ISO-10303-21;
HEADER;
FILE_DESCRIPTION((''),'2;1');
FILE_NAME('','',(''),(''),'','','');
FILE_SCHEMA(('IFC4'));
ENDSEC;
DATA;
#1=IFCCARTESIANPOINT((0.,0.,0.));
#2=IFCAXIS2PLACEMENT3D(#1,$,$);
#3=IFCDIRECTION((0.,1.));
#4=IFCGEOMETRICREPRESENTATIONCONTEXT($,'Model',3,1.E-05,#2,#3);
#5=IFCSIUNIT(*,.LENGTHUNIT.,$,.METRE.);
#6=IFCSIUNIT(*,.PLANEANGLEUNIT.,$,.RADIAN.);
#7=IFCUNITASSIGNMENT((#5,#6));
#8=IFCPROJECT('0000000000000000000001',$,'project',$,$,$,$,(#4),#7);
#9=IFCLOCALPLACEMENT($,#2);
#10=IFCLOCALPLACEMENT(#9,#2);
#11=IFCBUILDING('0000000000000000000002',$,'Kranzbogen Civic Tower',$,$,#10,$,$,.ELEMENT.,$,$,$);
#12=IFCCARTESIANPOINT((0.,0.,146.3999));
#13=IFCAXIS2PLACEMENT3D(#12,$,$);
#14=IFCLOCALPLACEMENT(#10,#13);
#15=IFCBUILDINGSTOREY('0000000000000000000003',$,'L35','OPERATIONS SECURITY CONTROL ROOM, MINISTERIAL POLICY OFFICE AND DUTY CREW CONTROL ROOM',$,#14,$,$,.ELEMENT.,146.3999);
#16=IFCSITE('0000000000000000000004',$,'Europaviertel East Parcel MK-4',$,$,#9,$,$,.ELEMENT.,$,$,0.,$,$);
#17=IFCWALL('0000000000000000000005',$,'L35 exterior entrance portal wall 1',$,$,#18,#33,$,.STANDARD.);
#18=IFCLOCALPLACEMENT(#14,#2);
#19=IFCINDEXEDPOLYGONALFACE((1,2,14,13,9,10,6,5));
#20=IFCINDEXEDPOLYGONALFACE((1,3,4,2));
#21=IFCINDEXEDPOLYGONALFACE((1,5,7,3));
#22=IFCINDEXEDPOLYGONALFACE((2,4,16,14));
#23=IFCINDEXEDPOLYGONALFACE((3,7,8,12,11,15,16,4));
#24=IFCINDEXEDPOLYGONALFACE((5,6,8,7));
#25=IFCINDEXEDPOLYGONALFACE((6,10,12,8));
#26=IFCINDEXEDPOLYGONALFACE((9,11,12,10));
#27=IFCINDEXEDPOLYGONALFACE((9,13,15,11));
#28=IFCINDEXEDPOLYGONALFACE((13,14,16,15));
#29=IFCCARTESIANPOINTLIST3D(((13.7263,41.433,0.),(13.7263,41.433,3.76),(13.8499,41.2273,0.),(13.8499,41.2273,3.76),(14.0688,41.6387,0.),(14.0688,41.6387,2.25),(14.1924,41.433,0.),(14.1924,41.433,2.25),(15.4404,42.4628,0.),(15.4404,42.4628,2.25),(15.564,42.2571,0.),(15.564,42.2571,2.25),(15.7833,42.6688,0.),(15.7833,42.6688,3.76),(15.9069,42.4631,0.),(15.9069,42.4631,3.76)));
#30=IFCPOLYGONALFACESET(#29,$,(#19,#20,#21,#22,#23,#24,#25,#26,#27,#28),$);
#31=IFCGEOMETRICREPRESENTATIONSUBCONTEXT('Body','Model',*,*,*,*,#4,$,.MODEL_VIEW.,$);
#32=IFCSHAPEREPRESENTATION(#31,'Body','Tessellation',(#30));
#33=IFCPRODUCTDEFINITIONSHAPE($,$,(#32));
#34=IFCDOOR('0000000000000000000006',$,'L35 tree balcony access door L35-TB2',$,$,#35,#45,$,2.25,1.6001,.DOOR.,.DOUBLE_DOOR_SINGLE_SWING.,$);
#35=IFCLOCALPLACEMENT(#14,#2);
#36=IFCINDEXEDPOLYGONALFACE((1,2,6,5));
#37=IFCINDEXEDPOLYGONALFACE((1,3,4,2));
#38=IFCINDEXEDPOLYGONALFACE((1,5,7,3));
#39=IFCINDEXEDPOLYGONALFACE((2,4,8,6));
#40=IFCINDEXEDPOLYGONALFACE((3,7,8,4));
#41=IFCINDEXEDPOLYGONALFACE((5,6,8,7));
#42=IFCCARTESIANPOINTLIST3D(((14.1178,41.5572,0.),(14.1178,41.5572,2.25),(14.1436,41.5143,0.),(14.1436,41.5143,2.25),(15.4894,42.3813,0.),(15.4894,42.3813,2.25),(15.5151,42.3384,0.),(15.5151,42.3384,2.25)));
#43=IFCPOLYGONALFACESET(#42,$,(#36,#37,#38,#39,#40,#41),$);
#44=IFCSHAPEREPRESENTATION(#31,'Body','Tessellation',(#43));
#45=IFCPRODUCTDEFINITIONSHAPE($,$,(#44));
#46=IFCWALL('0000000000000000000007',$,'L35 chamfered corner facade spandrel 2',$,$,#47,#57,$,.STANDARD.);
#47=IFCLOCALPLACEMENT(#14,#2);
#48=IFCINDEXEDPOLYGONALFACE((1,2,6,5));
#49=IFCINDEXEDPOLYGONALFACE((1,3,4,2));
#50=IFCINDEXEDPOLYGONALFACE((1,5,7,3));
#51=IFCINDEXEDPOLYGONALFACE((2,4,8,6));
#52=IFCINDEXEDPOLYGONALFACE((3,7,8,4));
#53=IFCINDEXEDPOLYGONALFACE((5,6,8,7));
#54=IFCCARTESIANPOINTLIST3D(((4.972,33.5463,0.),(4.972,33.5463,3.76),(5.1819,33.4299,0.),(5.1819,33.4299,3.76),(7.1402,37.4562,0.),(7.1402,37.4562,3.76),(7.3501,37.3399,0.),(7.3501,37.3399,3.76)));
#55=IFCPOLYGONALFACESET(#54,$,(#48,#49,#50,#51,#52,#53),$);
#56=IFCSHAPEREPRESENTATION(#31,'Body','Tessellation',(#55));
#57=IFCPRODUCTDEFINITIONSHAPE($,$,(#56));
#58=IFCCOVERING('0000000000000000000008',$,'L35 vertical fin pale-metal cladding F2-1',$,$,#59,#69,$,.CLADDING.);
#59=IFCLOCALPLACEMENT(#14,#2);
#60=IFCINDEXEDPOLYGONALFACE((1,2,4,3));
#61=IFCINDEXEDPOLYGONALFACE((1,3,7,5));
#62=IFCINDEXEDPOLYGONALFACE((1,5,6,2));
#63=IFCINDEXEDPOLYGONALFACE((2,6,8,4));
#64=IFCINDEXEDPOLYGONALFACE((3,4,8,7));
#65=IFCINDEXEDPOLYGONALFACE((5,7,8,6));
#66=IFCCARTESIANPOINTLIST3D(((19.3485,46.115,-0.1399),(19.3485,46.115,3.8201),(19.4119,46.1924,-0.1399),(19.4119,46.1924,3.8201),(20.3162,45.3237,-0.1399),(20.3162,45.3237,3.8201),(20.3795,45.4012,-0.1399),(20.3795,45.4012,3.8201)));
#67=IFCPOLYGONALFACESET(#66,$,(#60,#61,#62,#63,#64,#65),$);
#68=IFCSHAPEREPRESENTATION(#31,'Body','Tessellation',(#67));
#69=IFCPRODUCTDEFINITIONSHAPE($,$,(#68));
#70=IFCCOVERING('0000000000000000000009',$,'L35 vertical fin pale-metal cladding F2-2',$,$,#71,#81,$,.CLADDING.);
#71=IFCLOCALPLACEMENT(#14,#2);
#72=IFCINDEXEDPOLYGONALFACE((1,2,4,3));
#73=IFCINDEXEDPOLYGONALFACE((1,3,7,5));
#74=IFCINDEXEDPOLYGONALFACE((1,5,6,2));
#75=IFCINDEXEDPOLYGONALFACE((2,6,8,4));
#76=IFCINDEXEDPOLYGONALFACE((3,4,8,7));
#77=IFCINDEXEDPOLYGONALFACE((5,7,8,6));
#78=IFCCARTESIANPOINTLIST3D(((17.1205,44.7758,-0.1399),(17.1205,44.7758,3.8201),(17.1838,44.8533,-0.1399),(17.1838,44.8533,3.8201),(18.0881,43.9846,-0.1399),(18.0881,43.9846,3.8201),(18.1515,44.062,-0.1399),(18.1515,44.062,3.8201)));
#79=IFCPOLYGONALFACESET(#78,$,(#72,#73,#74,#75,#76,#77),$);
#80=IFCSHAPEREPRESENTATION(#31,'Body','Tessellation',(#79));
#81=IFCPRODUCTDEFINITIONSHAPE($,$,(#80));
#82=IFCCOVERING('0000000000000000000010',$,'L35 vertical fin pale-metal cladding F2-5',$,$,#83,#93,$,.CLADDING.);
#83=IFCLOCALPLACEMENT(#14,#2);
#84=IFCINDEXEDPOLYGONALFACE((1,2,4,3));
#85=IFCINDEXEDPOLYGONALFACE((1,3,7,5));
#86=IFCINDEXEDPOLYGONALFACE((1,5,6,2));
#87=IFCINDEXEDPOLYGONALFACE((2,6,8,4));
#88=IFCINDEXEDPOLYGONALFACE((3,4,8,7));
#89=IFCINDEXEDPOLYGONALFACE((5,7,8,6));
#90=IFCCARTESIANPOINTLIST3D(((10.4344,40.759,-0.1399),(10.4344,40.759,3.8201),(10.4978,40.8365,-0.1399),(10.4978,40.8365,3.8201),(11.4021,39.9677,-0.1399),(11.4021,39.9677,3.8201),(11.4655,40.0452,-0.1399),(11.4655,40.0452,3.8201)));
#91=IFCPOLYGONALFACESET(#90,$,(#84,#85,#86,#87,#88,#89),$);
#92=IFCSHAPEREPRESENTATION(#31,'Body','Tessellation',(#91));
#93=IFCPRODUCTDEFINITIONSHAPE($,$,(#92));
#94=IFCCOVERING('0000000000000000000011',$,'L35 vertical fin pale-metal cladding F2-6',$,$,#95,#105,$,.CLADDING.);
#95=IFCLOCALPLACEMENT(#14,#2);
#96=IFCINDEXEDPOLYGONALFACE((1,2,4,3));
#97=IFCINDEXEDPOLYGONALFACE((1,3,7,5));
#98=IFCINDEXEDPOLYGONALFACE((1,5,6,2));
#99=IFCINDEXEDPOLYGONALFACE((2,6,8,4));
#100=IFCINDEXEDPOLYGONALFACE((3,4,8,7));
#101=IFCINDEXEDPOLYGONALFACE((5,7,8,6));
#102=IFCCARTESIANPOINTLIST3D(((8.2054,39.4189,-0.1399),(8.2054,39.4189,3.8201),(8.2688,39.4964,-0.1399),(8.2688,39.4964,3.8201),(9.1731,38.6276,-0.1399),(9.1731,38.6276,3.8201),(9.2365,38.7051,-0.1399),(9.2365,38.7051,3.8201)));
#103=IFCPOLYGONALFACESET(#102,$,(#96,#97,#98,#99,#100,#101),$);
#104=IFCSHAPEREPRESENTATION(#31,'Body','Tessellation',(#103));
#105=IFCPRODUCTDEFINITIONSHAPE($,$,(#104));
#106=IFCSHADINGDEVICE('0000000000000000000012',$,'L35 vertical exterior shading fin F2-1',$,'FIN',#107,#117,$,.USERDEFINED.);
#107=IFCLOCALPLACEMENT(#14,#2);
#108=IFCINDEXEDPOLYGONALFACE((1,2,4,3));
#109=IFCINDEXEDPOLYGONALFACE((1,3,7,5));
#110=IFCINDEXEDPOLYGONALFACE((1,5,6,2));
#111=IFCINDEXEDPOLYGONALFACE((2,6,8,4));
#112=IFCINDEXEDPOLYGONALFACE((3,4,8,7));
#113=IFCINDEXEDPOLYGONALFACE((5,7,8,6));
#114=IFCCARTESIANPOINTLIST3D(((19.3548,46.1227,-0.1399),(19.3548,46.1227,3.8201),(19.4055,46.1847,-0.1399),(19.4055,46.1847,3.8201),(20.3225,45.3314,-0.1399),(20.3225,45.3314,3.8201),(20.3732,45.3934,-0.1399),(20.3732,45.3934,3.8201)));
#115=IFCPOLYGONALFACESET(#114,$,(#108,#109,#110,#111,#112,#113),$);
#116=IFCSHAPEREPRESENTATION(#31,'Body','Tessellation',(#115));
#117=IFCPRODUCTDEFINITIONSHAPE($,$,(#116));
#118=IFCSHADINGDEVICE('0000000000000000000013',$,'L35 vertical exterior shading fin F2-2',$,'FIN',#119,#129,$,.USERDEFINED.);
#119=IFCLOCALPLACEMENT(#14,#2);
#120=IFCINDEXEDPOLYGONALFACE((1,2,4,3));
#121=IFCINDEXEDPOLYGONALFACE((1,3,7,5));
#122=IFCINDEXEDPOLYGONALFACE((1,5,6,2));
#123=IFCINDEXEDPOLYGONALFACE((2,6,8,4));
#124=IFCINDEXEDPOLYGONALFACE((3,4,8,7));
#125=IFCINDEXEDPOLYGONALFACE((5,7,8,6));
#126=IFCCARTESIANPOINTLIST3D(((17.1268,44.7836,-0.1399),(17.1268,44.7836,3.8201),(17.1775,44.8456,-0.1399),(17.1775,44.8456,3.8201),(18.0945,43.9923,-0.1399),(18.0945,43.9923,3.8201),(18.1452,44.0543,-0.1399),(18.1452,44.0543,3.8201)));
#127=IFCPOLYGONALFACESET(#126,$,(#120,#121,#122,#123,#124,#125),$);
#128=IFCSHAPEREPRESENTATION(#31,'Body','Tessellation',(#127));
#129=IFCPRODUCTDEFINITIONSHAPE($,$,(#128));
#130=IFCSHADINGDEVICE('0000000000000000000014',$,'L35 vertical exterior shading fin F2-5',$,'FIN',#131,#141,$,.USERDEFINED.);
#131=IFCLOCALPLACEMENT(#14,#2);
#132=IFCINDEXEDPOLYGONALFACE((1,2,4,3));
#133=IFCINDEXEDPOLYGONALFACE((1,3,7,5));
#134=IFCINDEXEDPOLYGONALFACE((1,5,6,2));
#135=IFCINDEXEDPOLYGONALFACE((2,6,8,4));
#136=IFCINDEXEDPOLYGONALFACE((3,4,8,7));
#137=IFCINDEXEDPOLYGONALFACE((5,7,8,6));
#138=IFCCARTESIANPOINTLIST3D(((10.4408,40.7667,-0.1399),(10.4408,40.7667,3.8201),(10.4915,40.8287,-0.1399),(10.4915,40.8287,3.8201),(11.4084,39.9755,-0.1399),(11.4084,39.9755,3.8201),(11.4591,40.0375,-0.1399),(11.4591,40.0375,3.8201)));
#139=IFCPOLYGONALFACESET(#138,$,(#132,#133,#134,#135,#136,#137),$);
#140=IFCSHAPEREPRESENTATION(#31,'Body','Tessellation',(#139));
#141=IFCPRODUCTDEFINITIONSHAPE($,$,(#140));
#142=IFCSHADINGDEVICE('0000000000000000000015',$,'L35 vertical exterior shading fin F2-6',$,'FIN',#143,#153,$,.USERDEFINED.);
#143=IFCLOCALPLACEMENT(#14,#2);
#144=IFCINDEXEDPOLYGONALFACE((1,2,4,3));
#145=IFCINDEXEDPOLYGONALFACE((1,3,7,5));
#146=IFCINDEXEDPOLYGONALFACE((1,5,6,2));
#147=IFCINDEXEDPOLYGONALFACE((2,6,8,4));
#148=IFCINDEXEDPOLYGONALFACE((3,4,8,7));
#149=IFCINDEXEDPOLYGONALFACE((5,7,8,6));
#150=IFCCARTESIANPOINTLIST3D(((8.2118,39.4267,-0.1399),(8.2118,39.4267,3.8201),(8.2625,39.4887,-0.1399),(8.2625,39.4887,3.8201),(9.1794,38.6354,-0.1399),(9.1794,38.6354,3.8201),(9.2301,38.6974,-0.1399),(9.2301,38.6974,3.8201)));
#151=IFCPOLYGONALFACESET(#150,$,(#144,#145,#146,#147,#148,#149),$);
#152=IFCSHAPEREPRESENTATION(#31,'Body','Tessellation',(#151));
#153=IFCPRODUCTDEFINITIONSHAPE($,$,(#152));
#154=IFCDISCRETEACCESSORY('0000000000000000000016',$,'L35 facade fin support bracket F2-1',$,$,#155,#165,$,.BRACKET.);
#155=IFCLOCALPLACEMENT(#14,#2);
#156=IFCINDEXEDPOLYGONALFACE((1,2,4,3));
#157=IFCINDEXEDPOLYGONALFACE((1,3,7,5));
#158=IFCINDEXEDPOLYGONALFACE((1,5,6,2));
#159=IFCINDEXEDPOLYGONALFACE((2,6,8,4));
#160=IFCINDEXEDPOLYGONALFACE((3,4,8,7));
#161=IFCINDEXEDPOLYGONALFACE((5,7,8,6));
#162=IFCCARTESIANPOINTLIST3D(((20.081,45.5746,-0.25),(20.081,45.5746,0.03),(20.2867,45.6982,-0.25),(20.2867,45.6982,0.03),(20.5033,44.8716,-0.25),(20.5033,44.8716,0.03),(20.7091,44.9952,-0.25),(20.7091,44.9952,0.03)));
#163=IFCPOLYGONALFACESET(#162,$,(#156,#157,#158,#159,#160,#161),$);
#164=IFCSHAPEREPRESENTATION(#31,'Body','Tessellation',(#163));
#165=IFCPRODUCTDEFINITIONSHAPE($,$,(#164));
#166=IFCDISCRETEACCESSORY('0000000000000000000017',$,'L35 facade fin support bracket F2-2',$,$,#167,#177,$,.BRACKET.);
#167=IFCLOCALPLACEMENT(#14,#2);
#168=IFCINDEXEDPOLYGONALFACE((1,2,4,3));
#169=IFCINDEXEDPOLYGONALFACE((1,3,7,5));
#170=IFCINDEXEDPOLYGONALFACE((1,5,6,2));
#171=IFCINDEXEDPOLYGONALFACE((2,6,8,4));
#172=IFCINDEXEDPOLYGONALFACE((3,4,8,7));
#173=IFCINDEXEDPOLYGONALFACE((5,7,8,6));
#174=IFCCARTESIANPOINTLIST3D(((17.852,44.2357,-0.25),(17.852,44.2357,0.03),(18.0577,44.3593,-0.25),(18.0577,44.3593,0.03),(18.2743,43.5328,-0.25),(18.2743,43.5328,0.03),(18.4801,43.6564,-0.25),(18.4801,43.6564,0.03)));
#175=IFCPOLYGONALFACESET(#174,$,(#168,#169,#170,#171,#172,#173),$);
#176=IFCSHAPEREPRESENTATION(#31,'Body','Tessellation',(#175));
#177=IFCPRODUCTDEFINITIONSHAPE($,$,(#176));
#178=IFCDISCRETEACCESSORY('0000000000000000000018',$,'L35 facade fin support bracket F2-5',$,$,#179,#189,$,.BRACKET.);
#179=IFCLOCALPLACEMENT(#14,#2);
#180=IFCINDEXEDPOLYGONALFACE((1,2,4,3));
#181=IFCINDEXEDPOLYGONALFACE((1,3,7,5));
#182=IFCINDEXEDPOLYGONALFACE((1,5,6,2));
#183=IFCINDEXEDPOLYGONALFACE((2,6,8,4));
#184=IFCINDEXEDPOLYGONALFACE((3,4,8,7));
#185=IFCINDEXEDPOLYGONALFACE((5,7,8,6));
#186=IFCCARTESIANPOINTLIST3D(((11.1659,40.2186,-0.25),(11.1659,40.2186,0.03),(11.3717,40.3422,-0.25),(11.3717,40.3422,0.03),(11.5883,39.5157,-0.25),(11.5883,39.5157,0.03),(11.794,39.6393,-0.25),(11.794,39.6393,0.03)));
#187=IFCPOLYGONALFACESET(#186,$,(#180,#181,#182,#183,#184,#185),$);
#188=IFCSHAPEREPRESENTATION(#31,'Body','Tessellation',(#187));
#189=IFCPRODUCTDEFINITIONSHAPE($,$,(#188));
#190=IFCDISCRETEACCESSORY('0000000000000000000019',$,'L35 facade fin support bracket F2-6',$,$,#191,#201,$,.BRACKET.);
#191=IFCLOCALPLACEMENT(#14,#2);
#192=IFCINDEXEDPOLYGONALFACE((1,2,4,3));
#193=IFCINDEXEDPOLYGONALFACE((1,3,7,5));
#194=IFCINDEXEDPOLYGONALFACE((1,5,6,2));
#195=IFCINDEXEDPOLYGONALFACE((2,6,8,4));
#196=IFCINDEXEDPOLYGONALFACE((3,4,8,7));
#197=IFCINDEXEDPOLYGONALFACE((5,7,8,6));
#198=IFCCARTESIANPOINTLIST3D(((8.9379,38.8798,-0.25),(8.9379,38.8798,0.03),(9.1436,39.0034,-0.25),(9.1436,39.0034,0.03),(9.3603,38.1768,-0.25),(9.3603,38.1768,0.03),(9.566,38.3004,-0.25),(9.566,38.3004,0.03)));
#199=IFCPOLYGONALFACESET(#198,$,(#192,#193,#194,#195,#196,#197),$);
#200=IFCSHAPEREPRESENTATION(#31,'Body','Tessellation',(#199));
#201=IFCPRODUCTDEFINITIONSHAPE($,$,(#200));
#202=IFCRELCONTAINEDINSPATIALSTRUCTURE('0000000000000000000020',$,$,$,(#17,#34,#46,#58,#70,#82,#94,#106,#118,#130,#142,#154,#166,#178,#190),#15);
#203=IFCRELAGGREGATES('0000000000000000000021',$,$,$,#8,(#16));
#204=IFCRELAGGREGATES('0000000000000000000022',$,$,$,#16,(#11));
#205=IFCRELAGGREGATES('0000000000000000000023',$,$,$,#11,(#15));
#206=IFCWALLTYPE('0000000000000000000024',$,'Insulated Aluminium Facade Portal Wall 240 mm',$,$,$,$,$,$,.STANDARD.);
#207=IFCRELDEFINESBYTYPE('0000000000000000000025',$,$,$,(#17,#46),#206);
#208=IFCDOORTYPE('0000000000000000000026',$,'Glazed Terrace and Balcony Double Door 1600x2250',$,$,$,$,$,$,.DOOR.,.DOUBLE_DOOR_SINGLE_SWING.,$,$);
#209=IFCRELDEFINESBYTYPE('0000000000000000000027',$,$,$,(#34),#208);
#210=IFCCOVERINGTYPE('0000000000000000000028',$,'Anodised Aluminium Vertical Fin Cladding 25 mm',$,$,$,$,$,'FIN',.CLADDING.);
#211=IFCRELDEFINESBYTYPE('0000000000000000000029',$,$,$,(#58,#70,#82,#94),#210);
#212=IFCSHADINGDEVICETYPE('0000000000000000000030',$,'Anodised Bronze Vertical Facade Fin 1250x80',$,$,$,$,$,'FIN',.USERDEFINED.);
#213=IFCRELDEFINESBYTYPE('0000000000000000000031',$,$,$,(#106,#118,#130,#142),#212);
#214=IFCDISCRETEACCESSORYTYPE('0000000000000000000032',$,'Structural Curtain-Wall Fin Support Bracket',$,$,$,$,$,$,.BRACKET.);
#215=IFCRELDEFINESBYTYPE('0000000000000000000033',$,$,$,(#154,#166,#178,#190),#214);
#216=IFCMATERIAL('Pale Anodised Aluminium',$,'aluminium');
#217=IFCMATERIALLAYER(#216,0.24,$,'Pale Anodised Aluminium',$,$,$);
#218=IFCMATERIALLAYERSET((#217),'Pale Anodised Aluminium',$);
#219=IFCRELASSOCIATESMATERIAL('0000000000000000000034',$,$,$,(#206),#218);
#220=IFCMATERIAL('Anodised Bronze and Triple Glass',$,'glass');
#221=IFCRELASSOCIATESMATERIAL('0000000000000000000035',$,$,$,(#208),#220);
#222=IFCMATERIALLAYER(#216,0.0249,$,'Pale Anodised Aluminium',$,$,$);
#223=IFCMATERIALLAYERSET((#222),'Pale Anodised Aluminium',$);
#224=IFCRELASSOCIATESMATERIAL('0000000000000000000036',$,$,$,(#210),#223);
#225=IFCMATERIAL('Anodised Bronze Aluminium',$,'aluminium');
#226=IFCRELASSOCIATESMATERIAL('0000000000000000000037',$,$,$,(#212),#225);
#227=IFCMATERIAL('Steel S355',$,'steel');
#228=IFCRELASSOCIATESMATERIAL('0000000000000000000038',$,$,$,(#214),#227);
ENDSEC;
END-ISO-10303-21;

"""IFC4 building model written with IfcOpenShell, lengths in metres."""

from ifc_helpers import new_model, si_unit, direction, frame, frame_2d, origin, origin_2d, place, context, subcontext, project, spatial, rectangle, extrude, material, layer, layer_set, type_object, element, fill, save


model = new_model("IFC4")

# Units and contexts
model_context = context("Model", 3, precision=1e-05, world=origin(), true_north=direction((0.0, 1.0)))
body_context = subcontext(model_context, "Body", "Model", "MODEL_VIEW")
ifc_project = project(units=[si_unit("LENGTHUNIT", "METRE"), si_unit("PLANEANGLEUNIT", "RADIAN")], contexts=[model_context])

# Site, building, storey
site_placement = place(None, origin())
site = spatial("IfcSite", under=ifc_project, at=site_placement, Name="Europaviertel East Parcel MK-4", CompositionType="ELEMENT", RefElevation=0.0)
building_placement = place(site_placement, origin())
building = spatial("IfcBuilding", under=site, at=building_placement, Name="Kranzbogen Civic Tower", CompositionType="ELEMENT")
storey_placement = place(building_placement, frame((0.0, 0.0, 146.3999)))
storey = spatial("IfcBuildingStorey", under=building, at=storey_placement, Name="L35", Description="OPERATIONS SECURITY CONTROL ROOM, MINISTERIAL POLICY OFFICE AND DUTY CREW CONTROL ROOM", CompositionType="ELEMENT", Elevation=146.3999)

# Shared definitions
ifc_material_1 = material(Name="Steel S355", Category="steel")

# Shared definitions
ifc_material_2 = material(Name="Pale Anodised Aluminium", Category="aluminium")

# Wall, opening, door
ifc_layer_1 = layer(ifc_material_2, 0.24, Name="Pale Anodised Aluminium")
ifc_layer_set_1 = layer_set([ifc_layer_1], Name="Pale Anodised Aluminium")
wall_type_1 = type_object("IfcWallType", Name="Insulated Aluminium Facade Portal Wall 240 mm", PredefinedType="STANDARD", material=ifc_layer_set_1)
wall_1_placement = place(storey_placement, frame((15.845, 42.5659, 0.0), z_axis=(0.0, 0.0, 1.0), x_axis=(-0.857179, -0.515019, 0.0)))
wall_1 = element("IfcWall", 1, at=wall_1_placement, inside=storey, type_object=wall_type_1, Name="L35 exterior entrance portal wall 1", PredefinedType="STANDARD", context=body_context, shape_type="SweptSolid", body=[
    extrude(rectangle(XDim=2.3997, YDim=0.24, at=frame_2d((1.1997, 0.0))), origin(), (0.0, 0.0, 1.0), 3.76),
])
opening_placement = place(wall_1_placement, frame((0.3999, 0.0, 0.0)))
opening = element("IfcOpeningElement", 2, at=opening_placement, cuts=wall_1, PredefinedType="OPENING", context=body_context, shape_type="SweptSolid", body=[
    extrude(rectangle(XDim=1.6001, YDim=2.25, at=frame_2d((0.8, 1.125))), frame((0.0, 0.1299, 0.0), z_axis=(0.0, -1.0, 0.0), x_axis=(1.0, 0.0, 0.0)), (0.0, 0.0, 1.0), 0.26),
])
ifc_material_3 = material(Name="Anodised Bronze and Triple Glass", Category="glass")
door_type = type_object("IfcDoorType", Name="Glazed Terrace and Balcony Double Door 1600x2250", OperationType="DOUBLE_DOOR_SINGLE_SWING", PredefinedType="DOOR", material=ifc_material_3)
door_placement = place(opening_placement, frame((1.6001, 0.0, 0.0), z_axis=(0.0, 0.0, 1.0), x_axis=(-1.0, 0.0, 0.0)))
door = element("IfcDoor", 3, at=door_placement, inside=storey, type_object=door_type, Name="L35 tree balcony access door L35-TB2", OperationType="DOUBLE_DOOR_SINGLE_SWING", OverallHeight=2.25, OverallWidth=1.6001, PredefinedType="DOOR", context=body_context, shape_type="SweptSolid", body=[
    extrude(rectangle(XDim=1.6001, YDim=2.25, at=frame_2d((0.8, 1.125))), frame((0.0, 0.0249, 0.0), z_axis=(0.0, -1.0, 0.0), x_axis=(1.0, 0.0, 0.0)), (0.0, 0.0, 1.0), 0.05),
])
fill(opening, door)

# Wall
wall_2_placement = place(storey_placement, frame((7.2451, 37.3979, 0.0), z_axis=(0.0, 0.0, 1.0), x_axis=(-0.484966, -0.874533, 0.0)))
element("IfcWall", 4, at=wall_2_placement, inside=storey, type_object=wall_type_1, Name="L35 chamfered corner facade spandrel 2", PredefinedType="STANDARD", context=body_context, shape_type="SweptSolid", body=[
    extrude(rectangle(XDim=4.4709, YDim=0.24, at=frame_2d((2.2354, 0.0))), origin(), (0.0, 0.0, 1.0), 3.76),
])

# Coverings
ifc_layer_2 = layer(ifc_material_2, 0.0249, Name="Pale Anodised Aluminium")
ifc_layer_set_2 = layer_set([ifc_layer_2], Name="Pale Anodised Aluminium")
covering_type = type_object("IfcCoveringType", Name="Anodised Aluminium Vertical Fin Cladding 25 mm", ElementType="FIN", PredefinedType="CLADDING", material=ifc_layer_set_2)
for number, where, z_axis, x_axis, name in (
    (5, (19.864, 45.7581, -0.1399), (0.0, 0.0, 1.0), (-0.774128, 0.63303, 0.0), "L35 vertical fin pale-metal cladding F2-1"),
    (6, (17.636, 44.4189, -0.1399), (0.0, 0.0, 1.0), (-0.774128, 0.63303, 0.0), "L35 vertical fin pale-metal cladding F2-2"),
    (7, (10.95, 40.4021, -0.1399), (0.0, 0.0, 1.0), (-0.774128, 0.63303, 0.0), "L35 vertical fin pale-metal cladding F2-5"),
    (8, (8.7209, 39.062, -0.1399), (0.0, 0.0, 1.0), (-0.774128, 0.63303, 0.0), "L35 vertical fin pale-metal cladding F2-6"),
):
    element("IfcCovering", number, at=place(storey_placement, frame(where, z_axis=z_axis, x_axis=x_axis)), inside=storey, type_object=covering_type, Name=name, PredefinedType="CLADDING", context=body_context, shape_type="SweptSolid", body=[
        extrude(rectangle(XDim=1.25, YDim=0.1001, at=origin_2d()), origin(), (0.0, 0.0, 1.0), 3.96),
    ])

# Shading devices
ifc_material_4 = material(Name="Anodised Bronze Aluminium", Category="aluminium")
shading_device_type = type_object("IfcShadingDeviceType", Name="Anodised Bronze Vertical Facade Fin 1250x80", ElementType="FIN", PredefinedType="USERDEFINED", material=ifc_material_4)
for number, where, z_axis, x_axis, name in (
    (9, (19.864, 45.7581, -0.1399), (0.0, 0.0, 1.0), (-0.774128, 0.63303, 0.0), "L35 vertical exterior shading fin F2-1"),
    (10, (17.636, 44.4189, -0.1399), (0.0, 0.0, 1.0), (-0.774128, 0.63303, 0.0), "L35 vertical exterior shading fin F2-2"),
    (11, (10.95, 40.4021, -0.1399), (0.0, 0.0, 1.0), (-0.774128, 0.63303, 0.0), "L35 vertical exterior shading fin F2-5"),
    (12, (8.7209, 39.062, -0.1399), (0.0, 0.0, 1.0), (-0.774128, 0.63303, 0.0), "L35 vertical exterior shading fin F2-6"),
):
    element("IfcShadingDevice", number, at=place(storey_placement, frame(where, z_axis=z_axis, x_axis=x_axis)), inside=storey, type_object=shading_device_type, Name=name, ObjectType="FIN", PredefinedType="USERDEFINED", context=body_context, shape_type="SweptSolid", body=[
        extrude(rectangle(XDim=1.25, YDim=0.0801, at=origin_2d()), origin(), (0.0, 0.0, 1.0), 3.96),
    ])

# Discrete accessories
discrete_accessory_type = type_object("IfcDiscreteAccessoryType", Name="Structural Curtain-Wall Fin Support Bracket", PredefinedType="BRACKET", material=ifc_material_1)
for number, where, z_axis, x_axis, name in (
    (13, (20.395, 45.2849, -0.25), (0.0, 0.0, 1.0), (-0.515038, 0.857167, 0.0), "L35 facade fin support bracket F2-1"),
    (14, (18.166, 43.946, -0.25), (0.0, 0.0, 1.0), (-0.515038, 0.857167, 0.0), "L35 facade fin support bracket F2-2"),
    (15, (11.48, 39.929, -0.25), (0.0, 0.0, 1.0), (-0.515038, 0.857167, 0.0), "L35 facade fin support bracket F2-5"),
    (16, (9.252, 38.5901, -0.25), (0.0, 0.0, 1.0), (-0.515038, 0.857167, 0.0), "L35 facade fin support bracket F2-6"),
):
    element("IfcDiscreteAccessory", number, at=place(storey_placement, frame(where, z_axis=z_axis, x_axis=x_axis)), inside=storey, type_object=discrete_accessory_type, Name=name, PredefinedType="BRACKET", context=body_context, shape_type="SweptSolid", body=[
        extrude(rectangle(XDim=0.8201, YDim=0.24, at=origin_2d()), origin(), (0.0, 0.0, 1.0), 0.28),
    ])

save(model, "model.ifc")
